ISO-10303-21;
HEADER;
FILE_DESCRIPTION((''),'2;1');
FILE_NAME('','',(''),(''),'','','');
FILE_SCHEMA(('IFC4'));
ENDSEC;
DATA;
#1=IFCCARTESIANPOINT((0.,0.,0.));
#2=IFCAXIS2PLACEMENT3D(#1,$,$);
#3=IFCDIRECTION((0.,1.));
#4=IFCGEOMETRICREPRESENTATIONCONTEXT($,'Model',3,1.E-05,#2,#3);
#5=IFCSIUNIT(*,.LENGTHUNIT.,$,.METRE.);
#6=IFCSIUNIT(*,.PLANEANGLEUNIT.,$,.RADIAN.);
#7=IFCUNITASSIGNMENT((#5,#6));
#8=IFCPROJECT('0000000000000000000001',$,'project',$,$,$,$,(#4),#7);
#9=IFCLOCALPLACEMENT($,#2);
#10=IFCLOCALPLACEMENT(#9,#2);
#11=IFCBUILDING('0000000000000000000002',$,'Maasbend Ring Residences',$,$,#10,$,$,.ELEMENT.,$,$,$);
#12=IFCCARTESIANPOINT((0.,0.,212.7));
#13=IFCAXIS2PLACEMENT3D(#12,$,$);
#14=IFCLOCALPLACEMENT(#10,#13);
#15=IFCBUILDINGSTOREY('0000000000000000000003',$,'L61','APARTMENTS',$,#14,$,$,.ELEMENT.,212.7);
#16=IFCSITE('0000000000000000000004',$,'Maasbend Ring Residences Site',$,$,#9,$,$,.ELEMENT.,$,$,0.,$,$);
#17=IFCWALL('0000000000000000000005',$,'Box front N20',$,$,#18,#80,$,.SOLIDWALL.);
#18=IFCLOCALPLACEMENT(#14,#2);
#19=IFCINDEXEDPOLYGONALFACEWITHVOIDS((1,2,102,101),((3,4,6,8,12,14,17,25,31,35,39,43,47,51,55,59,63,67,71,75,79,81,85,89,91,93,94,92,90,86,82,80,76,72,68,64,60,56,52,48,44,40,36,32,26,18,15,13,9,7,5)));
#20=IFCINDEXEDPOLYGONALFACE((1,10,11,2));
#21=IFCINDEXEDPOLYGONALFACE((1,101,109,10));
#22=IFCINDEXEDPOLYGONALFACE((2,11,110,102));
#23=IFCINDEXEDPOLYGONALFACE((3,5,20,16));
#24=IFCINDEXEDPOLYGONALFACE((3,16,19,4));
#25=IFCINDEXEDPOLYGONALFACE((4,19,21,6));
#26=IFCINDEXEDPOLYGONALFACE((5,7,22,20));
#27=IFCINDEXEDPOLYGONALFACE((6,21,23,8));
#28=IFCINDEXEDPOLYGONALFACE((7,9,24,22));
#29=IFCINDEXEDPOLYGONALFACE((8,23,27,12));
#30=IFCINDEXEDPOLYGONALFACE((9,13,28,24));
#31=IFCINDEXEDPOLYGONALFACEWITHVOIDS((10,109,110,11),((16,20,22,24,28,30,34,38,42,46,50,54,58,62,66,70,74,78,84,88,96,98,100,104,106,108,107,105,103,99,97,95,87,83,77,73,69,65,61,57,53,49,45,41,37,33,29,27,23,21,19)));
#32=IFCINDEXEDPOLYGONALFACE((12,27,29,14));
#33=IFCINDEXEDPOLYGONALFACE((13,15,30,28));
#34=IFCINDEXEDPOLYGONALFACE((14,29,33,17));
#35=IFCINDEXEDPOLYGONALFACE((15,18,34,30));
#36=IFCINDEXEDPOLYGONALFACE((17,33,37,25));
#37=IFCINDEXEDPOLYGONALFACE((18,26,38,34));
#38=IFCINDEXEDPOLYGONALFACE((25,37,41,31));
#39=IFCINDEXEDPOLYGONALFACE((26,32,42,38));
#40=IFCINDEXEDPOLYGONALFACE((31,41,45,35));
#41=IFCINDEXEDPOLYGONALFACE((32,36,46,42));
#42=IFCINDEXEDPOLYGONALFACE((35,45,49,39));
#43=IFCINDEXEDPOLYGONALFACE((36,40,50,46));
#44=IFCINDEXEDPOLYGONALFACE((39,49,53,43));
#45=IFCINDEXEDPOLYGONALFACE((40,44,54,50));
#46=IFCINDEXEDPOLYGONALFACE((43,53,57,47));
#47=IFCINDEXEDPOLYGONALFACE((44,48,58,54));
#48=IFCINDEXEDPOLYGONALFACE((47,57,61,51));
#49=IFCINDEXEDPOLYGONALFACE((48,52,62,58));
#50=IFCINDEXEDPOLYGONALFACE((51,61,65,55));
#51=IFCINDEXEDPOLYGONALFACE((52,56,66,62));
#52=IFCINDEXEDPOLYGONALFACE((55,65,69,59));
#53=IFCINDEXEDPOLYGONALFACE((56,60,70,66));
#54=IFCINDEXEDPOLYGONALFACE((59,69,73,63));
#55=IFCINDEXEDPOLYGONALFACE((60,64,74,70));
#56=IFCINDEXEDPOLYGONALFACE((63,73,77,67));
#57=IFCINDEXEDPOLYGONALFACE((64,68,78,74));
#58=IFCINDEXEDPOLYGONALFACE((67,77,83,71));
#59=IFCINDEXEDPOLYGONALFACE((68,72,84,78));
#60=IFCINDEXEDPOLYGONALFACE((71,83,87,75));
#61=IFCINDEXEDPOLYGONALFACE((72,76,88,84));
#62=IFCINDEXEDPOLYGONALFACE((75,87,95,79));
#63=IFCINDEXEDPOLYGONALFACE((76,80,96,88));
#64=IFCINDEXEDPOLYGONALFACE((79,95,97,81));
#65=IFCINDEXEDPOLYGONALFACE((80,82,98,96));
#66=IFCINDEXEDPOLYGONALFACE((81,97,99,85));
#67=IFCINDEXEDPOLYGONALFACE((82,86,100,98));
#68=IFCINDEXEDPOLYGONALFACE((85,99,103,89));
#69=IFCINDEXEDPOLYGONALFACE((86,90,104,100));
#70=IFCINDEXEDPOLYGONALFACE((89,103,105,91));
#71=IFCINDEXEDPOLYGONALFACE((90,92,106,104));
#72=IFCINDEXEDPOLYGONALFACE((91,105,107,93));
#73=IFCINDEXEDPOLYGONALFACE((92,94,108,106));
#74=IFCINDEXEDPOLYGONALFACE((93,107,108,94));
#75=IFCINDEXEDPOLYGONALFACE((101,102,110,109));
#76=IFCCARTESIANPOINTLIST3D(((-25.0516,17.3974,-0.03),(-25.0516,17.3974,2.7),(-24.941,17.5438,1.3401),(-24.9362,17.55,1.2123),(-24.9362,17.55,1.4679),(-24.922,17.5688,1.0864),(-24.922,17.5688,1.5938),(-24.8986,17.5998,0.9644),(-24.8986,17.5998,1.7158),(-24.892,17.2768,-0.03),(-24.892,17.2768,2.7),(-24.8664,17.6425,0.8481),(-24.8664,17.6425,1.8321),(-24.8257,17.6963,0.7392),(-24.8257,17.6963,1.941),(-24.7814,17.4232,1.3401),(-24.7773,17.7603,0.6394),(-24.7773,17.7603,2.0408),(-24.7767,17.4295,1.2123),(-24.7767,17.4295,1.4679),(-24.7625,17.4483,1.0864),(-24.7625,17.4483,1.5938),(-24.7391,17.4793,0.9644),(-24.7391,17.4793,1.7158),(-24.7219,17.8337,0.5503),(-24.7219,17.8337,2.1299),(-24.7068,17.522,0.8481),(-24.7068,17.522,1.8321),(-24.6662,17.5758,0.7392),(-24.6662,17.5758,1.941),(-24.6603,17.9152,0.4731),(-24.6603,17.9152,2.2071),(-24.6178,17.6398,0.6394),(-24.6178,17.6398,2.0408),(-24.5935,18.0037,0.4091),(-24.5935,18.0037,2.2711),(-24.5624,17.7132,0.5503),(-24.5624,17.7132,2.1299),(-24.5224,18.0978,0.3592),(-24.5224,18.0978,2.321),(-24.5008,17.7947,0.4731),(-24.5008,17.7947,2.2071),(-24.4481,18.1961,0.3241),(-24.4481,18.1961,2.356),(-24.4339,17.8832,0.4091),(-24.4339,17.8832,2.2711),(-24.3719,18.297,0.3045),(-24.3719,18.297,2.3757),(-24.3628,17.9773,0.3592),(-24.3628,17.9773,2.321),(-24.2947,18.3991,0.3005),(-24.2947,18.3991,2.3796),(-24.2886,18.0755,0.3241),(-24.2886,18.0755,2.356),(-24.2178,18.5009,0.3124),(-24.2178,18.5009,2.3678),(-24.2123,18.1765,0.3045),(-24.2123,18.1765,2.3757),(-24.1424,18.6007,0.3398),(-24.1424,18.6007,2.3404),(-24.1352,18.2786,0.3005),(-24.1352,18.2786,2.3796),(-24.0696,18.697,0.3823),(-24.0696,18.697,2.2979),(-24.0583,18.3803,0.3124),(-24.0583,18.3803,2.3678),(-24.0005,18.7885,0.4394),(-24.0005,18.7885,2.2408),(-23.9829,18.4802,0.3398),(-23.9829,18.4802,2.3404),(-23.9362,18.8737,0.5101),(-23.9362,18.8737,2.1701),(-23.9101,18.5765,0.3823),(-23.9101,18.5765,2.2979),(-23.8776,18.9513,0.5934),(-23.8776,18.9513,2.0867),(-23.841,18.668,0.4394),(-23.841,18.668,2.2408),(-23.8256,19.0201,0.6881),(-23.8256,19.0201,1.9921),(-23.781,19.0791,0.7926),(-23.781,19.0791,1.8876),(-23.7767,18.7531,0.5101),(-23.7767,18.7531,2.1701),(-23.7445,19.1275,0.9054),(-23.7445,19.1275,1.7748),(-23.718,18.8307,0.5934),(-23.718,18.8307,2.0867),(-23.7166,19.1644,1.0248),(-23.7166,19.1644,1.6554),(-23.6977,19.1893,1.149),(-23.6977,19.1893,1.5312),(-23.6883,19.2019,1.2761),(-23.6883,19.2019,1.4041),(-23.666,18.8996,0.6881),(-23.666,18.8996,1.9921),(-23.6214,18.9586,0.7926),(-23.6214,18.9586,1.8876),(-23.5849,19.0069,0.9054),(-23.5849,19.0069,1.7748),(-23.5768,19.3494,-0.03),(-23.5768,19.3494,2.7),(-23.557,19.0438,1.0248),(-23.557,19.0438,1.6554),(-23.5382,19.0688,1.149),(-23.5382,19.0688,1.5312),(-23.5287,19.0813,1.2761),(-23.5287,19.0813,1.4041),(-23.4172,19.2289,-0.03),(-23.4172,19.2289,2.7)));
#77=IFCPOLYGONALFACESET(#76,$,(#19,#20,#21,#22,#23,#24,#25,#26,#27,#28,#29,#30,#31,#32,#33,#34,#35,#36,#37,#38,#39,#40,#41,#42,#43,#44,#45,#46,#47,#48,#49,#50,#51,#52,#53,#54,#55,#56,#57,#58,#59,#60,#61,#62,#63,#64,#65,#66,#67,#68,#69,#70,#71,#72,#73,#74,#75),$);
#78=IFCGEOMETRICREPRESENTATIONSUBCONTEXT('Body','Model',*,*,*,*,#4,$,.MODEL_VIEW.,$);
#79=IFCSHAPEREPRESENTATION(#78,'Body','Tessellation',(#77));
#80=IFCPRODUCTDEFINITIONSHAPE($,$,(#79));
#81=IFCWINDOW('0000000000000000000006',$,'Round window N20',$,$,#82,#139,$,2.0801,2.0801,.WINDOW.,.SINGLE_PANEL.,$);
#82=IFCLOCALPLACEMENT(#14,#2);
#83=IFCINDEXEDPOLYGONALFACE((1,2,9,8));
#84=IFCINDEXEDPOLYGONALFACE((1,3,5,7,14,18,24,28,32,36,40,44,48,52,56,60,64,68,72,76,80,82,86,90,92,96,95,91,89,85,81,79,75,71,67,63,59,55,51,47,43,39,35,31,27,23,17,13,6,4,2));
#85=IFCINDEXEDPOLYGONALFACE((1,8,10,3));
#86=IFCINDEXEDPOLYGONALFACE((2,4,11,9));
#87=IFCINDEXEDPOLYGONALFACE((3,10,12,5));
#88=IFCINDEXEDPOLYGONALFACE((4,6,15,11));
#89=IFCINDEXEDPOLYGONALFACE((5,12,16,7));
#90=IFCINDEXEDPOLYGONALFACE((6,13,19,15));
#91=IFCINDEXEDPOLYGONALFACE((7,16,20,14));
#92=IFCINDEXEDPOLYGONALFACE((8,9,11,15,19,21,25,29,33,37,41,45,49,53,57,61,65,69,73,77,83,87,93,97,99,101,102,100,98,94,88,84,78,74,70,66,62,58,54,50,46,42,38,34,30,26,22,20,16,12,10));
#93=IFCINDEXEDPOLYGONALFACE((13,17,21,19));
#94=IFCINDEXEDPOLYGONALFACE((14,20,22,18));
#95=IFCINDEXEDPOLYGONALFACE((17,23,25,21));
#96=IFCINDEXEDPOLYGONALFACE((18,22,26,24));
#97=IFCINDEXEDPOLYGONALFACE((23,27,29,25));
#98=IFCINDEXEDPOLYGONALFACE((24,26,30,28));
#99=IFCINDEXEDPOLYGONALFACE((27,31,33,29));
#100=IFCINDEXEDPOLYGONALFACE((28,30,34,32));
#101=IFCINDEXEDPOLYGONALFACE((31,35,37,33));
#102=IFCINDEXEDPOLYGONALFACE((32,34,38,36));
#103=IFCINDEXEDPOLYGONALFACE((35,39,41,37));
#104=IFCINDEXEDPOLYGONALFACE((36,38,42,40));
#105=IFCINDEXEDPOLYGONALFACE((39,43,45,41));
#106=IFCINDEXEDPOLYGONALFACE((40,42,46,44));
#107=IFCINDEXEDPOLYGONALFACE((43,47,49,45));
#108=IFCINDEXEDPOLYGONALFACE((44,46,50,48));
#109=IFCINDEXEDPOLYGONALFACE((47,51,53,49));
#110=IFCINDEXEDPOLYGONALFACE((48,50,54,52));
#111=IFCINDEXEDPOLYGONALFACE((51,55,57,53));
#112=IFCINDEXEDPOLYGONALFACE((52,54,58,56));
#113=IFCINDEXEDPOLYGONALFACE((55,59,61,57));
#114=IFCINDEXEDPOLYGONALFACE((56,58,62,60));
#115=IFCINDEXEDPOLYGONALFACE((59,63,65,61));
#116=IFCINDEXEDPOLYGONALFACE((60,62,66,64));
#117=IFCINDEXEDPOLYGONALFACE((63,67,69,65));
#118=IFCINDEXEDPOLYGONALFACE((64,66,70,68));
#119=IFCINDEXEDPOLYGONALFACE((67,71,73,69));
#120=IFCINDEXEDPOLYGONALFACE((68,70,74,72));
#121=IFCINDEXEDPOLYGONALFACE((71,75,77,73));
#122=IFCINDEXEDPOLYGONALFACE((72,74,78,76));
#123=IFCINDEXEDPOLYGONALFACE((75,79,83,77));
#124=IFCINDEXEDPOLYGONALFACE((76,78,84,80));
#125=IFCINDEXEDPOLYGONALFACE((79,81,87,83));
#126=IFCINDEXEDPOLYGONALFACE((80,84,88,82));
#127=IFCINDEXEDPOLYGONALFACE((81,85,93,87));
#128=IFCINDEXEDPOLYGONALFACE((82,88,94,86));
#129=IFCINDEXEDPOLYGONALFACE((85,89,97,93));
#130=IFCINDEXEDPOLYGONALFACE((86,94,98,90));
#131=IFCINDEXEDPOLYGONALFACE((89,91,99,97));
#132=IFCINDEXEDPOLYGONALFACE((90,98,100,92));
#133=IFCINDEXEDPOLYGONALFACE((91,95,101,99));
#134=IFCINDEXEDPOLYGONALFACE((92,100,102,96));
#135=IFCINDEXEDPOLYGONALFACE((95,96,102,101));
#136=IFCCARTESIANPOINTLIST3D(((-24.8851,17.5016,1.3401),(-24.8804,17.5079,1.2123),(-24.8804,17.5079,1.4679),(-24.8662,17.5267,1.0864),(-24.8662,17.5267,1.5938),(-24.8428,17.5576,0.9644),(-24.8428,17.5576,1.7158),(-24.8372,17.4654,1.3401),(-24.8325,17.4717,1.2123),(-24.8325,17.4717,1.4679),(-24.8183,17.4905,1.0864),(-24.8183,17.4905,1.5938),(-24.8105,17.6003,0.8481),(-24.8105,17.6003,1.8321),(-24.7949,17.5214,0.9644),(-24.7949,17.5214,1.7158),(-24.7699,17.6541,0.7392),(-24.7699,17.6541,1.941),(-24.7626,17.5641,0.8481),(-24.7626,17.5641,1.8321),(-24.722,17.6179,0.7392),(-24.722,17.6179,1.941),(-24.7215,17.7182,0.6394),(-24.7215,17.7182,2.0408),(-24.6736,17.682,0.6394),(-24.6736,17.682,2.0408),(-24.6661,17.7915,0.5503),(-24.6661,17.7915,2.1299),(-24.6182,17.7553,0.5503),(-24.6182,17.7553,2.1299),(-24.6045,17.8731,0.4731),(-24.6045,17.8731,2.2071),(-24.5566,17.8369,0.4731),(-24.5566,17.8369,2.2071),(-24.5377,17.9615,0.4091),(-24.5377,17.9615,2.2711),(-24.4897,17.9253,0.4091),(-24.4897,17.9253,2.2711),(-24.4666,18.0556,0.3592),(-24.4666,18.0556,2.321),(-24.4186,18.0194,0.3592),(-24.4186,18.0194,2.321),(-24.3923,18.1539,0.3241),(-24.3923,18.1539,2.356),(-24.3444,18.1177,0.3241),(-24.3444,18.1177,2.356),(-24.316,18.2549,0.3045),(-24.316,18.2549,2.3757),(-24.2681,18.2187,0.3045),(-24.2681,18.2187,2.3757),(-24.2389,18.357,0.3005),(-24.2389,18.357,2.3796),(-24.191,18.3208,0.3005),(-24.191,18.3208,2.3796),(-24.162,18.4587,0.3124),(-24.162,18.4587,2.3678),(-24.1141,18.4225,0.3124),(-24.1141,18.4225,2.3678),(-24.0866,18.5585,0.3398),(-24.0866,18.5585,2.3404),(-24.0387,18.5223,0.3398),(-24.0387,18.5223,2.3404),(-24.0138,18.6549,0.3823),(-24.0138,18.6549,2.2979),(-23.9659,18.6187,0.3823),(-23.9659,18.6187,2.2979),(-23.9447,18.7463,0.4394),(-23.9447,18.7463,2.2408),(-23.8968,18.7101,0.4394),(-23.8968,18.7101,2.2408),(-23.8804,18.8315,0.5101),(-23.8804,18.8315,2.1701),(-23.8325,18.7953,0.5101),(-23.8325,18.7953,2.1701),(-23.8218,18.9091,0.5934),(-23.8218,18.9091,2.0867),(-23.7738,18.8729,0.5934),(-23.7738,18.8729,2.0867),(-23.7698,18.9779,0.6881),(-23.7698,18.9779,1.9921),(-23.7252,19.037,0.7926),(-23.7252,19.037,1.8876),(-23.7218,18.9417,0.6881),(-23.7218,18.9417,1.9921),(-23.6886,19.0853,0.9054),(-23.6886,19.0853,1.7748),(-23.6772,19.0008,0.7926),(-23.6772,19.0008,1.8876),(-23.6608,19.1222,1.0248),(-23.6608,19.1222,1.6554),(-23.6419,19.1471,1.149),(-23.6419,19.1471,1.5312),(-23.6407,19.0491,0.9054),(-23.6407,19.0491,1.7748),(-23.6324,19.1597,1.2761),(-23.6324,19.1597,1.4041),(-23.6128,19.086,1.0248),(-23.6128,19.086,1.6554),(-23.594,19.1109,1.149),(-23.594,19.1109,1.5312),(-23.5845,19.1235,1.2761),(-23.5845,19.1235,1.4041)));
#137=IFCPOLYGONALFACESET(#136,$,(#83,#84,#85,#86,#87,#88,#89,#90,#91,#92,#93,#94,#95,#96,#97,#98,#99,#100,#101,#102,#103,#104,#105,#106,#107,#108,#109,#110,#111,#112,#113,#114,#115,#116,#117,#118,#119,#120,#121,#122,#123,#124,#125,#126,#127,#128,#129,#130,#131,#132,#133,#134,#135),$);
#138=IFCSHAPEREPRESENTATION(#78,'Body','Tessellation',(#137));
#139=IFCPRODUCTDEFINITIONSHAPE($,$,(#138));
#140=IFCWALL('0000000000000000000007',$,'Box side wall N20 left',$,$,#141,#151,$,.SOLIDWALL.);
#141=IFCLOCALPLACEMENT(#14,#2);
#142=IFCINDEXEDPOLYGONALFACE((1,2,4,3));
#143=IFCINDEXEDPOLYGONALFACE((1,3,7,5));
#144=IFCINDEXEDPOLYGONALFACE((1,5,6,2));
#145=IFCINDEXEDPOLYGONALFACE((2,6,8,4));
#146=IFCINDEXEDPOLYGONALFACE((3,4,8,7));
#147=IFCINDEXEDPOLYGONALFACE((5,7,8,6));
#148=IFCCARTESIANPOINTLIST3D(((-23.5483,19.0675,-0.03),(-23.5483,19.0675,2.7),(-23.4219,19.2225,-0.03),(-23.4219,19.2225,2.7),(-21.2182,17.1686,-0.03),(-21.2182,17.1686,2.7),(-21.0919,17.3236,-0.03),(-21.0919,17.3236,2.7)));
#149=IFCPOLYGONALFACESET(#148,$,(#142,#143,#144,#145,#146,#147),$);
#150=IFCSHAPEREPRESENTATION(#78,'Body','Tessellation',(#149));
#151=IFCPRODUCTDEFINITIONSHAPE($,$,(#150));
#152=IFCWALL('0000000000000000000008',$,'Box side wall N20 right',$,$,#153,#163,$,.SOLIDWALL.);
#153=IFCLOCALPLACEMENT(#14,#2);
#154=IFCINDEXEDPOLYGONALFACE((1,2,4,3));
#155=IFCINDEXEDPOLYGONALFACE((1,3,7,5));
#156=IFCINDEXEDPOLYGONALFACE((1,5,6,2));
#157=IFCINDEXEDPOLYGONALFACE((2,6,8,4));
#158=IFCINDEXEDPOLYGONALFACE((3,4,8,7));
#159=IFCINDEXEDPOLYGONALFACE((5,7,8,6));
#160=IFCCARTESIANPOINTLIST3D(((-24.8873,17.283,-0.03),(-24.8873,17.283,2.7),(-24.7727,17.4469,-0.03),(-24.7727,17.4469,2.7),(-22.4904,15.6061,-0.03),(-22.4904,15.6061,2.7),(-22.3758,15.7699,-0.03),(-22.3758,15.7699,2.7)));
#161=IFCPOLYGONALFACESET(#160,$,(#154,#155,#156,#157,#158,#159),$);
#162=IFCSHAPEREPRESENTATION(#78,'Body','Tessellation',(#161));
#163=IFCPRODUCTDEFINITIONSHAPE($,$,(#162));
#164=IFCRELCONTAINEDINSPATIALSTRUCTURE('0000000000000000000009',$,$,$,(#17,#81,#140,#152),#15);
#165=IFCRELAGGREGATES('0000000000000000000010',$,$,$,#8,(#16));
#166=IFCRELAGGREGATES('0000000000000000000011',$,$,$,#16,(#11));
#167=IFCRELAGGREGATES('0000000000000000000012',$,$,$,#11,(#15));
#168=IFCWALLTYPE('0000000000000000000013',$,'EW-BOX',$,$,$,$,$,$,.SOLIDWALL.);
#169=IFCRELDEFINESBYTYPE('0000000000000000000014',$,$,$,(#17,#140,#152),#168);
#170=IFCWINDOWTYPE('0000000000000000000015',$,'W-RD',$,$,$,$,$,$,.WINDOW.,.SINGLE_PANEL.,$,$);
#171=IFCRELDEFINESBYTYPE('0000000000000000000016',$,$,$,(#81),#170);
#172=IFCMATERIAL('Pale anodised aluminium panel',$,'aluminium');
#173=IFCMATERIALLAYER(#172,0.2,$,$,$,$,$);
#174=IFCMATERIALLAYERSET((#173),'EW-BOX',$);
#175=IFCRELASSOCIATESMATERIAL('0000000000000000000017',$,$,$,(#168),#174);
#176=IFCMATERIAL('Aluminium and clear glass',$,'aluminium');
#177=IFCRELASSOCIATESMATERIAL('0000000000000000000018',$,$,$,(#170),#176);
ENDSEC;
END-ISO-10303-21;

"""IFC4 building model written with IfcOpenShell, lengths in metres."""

from ifc_helpers import new_model, si_unit, direction, frame, frame_2d, origin, place, context, subcontext, project, spatial, rectangle, circle, extrude, material, layer, layer_set, type_object, element, fill, save


model = new_model("IFC4")

# Units and contexts
model_context = context("Model", 3, precision=1e-05, world=origin(), true_north=direction((0.0, 1.0)))
body_context = subcontext(model_context, "Body", "Model", "MODEL_VIEW")
ifc_project = project(units=[si_unit("LENGTHUNIT", "METRE"), si_unit("PLANEANGLEUNIT", "RADIAN")], contexts=[model_context])

# Site, building, storey
site_placement = place(None, origin())
site = spatial("IfcSite", under=ifc_project, at=site_placement, Name="Maasbend Ring Residences Site", CompositionType="ELEMENT", RefElevation=0.0)
building_placement = place(site_placement, origin())
building = spatial("IfcBuilding", under=site, at=building_placement, Name="Maasbend Ring Residences", CompositionType="ELEMENT")
storey_placement = place(building_placement, frame((0.0, 0.0, 212.7)))
storey = spatial("IfcBuildingStorey", under=building, at=storey_placement, Name="L61", Description="APARTMENTS", CompositionType="ELEMENT", Elevation=212.7)

# Wall, opening, window
ifc_material_1 = material(Name="Pale anodised aluminium panel", Category="aluminium")
ifc_layer_1 = layer(ifc_material_1, 0.2)
ifc_layer_set_1 = layer_set([ifc_layer_1], Name="EW-BOX")
wall_type_1 = type_object("IfcWallType", Name="EW-BOX", PredefinedType="SOLIDWALL", material=ifc_layer_set_1)
wall_1_placement = place(storey_placement, frame((-23.4971, 19.2891, -0.03), z_axis=(0.0, 0.0, 1.0), x_axis=(-0.602806, -0.797888, 0.0)))
wall_1 = element("IfcWall", 1, at=wall_1_placement, inside=storey, type_object=wall_type_1, Name="Box front N20", PredefinedType="SOLIDWALL", context=body_context, shape_type="SweptSolid", body=[
    extrude(rectangle(XDim=2.4465, YDim=0.2, at=frame_2d((1.2231, 0.0))), origin(), (0.0, 0.0, 1.0), 2.73),
])
opening_1_placement = place(wall_1_placement, frame((0.1829, 0.0, 0.3301)))
opening_1 = element("IfcOpeningElement", 2, at=opening_1_placement, cuts=wall_1, PredefinedType="OPENING", context=body_context, shape_type="SweptSolid", body=[
    extrude(circle(Radius=1.04, at=frame_2d((1.04, 1.04))), frame((0.0, 0.1099, 0.0), z_axis=(0.0, -1.0, 0.0), x_axis=(1.0, 0.0, 0.0)), (0.0, 0.0, 1.0), 0.22),
])
ifc_material_2 = material(Name="Aluminium and clear glass", Category="aluminium")
window_type_1 = type_object("IfcWindowType", Name="W-RD", PartitioningType="SINGLE_PANEL", PredefinedType="WINDOW", material=ifc_material_2)
window_1_placement = place(opening_1_placement, origin())
window_1 = element("IfcWindow", 3, at=window_1_placement, inside=storey, type_object=window_type_1, Name="Round window N20", OverallHeight=2.0801, OverallWidth=2.0801, PartitioningType="SINGLE_PANEL", PredefinedType="WINDOW", context=body_context, shape_type="SweptSolid", body=[
    extrude(circle(Radius=1.04, at=frame_2d((1.04, 1.04))), frame((0.0, 0.03, 0.0), z_axis=(0.0, -1.0, 0.0), x_axis=(1.0, 0.0, 0.0)), (0.0, 0.0, 1.0), 0.0601),
])
fill(opening_1, window_1)

# Walls
wall_2_placement = place(storey_placement, frame((-21.155, 17.2461, -0.03), z_axis=(0.0, 0.0, 1.0), x_axis=(-0.775179, 0.631742, 0.0)))
element("IfcWall", 4, at=wall_2_placement, inside=storey, type_object=wall_type_1, Name="Box side wall N20 left", PredefinedType="SOLIDWALL", context=body_context, shape_type="SweptSolid", body=[
    extrude(rectangle(XDim=3.0059, YDim=0.2, at=frame_2d((1.5029, 0.0))), origin(), (0.0, 0.0, 1.0), 2.73),
])
wall_3_placement = place(storey_placement, frame((-22.4331, 15.688, -0.03), z_axis=(0.0, 0.0, 1.0), x_axis=(-0.819373, 0.573261, 0.0)))
element("IfcWall", 5, at=wall_3_placement, inside=storey, type_object=wall_type_1, Name="Box side wall N20 right", PredefinedType="SOLIDWALL", context=body_context, shape_type="SweptSolid", body=[
    extrude(rectangle(XDim=2.9253, YDim=0.2, at=frame_2d((1.4626, 0.0))), origin(), (0.0, 0.0, 1.0), 2.73),
])

save(model, "model.ifc")
